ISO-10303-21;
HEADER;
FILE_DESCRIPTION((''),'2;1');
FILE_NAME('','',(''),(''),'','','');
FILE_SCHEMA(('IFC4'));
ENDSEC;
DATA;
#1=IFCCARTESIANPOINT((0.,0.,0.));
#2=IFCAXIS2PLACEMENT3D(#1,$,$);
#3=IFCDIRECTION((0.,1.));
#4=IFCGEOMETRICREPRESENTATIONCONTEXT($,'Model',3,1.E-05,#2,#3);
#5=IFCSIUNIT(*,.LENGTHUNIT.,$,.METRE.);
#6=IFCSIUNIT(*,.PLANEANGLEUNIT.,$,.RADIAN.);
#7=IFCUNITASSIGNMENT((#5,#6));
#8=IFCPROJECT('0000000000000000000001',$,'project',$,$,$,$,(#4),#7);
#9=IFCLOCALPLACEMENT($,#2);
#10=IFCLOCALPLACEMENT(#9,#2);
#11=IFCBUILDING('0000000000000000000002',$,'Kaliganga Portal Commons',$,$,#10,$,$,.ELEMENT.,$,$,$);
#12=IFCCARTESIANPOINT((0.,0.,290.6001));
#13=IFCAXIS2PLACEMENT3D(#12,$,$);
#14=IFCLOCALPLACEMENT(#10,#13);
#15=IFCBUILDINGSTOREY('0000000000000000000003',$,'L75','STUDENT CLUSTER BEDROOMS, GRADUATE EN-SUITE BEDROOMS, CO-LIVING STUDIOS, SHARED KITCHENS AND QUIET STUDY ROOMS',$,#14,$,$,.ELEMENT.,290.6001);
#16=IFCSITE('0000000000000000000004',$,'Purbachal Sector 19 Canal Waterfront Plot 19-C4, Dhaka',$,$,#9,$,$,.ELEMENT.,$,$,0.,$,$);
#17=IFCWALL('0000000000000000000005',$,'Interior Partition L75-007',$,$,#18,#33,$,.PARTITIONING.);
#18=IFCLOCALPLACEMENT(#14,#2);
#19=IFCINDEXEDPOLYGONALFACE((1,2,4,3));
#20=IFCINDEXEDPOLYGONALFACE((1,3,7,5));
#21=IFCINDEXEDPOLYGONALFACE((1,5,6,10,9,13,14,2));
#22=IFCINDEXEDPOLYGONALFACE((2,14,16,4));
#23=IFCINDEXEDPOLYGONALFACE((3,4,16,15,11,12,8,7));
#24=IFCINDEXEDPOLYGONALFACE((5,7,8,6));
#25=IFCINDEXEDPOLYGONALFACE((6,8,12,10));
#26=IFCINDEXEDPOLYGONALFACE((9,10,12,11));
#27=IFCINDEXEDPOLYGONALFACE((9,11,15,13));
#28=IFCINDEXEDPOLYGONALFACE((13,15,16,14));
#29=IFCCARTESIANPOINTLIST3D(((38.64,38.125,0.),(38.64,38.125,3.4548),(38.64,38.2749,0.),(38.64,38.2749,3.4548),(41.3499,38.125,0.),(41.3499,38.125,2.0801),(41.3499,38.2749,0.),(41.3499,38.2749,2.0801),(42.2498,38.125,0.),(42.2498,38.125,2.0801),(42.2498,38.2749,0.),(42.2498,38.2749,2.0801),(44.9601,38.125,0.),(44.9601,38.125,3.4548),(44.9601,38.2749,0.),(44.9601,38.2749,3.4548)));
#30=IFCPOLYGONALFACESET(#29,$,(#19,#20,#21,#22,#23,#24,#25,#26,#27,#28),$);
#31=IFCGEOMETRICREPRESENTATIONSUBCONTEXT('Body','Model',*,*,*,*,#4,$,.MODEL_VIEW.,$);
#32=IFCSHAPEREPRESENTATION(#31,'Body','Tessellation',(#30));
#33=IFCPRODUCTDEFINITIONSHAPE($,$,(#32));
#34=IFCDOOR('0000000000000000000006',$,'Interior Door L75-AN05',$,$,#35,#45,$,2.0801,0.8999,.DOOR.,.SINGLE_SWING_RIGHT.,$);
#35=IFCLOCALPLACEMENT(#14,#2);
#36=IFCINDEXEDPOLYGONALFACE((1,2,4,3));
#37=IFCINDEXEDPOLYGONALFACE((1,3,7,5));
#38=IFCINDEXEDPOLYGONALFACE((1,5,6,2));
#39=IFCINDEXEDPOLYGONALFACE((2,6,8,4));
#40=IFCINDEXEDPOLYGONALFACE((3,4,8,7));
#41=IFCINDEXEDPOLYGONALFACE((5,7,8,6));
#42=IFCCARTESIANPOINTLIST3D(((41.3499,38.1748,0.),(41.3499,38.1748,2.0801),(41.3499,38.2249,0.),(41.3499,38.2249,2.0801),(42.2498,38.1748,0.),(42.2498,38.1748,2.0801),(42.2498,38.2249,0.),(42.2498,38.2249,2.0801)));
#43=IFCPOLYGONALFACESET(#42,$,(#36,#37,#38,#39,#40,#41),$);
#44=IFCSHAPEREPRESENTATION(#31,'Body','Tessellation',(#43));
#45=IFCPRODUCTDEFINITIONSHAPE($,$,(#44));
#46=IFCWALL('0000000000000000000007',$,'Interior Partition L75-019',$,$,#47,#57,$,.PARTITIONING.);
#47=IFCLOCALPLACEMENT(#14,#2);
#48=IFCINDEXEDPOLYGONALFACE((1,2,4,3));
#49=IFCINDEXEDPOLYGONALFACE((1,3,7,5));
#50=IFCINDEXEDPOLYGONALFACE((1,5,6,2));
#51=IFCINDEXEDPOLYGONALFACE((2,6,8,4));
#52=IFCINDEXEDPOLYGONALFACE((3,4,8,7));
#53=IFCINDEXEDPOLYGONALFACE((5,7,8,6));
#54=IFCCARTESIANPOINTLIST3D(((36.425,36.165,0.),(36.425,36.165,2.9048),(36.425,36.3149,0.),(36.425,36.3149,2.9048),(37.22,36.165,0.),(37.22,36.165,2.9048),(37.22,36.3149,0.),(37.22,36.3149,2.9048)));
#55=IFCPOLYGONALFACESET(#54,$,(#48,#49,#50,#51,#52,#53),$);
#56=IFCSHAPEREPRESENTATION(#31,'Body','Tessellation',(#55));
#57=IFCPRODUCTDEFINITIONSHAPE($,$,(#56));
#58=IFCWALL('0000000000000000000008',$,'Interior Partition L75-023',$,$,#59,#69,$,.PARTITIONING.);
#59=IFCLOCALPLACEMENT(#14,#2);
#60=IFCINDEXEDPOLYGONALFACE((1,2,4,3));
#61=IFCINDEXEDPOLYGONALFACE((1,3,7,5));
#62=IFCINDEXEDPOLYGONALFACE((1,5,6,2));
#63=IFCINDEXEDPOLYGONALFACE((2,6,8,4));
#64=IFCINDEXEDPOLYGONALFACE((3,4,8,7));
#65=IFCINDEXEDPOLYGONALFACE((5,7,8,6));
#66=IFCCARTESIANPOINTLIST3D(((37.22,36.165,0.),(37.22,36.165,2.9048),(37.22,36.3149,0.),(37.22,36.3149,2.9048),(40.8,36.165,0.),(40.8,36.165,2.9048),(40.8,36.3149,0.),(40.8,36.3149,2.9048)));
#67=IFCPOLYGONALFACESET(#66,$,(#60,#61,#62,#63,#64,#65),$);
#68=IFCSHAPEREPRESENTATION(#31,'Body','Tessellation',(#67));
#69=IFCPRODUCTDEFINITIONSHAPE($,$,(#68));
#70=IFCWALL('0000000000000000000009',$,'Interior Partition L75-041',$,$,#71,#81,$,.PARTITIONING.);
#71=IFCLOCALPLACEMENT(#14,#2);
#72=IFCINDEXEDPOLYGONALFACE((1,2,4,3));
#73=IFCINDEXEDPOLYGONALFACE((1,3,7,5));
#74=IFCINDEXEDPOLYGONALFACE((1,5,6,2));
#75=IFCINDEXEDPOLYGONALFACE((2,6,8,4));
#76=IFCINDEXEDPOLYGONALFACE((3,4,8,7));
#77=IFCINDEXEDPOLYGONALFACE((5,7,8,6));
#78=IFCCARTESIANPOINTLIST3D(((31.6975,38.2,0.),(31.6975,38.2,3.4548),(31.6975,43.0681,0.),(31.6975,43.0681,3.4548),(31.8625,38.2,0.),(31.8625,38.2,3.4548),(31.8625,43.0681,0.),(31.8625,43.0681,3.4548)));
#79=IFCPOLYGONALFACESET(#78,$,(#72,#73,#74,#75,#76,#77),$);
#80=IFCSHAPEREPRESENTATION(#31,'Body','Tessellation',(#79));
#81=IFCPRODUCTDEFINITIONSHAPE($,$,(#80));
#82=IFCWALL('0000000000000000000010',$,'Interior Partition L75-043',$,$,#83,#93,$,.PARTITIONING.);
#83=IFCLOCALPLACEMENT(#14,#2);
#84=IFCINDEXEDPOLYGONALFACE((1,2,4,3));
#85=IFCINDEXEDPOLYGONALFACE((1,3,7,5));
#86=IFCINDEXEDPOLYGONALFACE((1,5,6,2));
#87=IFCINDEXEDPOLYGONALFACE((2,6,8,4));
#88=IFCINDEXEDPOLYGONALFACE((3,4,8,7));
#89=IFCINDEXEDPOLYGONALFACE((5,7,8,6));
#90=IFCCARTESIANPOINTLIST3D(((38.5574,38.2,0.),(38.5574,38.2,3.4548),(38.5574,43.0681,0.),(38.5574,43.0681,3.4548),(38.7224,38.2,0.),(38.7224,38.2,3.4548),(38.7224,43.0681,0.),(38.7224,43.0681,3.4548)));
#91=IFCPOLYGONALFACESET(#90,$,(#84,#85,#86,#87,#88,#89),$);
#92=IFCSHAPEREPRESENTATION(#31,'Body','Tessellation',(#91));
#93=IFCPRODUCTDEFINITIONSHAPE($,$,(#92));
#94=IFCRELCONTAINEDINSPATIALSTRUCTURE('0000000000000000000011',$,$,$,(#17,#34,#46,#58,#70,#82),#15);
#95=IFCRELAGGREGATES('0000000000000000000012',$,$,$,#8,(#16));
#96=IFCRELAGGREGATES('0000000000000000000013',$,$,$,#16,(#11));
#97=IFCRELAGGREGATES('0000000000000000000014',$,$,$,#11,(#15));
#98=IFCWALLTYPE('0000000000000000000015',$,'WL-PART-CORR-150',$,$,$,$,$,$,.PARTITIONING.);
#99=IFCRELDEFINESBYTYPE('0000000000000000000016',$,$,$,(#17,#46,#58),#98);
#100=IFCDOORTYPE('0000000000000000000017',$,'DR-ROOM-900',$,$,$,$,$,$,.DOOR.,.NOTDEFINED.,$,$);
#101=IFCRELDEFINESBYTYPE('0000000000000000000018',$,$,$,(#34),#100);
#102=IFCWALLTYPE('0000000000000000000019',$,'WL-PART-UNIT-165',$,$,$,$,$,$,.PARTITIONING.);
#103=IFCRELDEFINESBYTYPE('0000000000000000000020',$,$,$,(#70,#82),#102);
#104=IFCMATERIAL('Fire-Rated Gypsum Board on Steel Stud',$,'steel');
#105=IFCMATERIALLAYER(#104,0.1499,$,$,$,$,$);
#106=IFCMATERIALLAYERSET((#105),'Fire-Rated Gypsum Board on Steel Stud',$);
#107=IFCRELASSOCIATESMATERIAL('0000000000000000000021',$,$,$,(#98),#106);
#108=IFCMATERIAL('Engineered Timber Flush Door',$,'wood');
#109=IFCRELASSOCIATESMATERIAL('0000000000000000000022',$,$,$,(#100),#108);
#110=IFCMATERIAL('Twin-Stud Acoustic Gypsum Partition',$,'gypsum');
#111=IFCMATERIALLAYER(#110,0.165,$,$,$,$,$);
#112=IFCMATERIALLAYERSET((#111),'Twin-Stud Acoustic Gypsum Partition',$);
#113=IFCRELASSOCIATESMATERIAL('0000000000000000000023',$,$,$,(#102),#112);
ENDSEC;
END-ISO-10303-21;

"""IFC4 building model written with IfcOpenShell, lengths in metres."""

from ifc_helpers import new_model, si_unit, direction, frame, frame_2d, origin, place, context, subcontext, project, spatial, rectangle, extrude, material, layer, layer_set, type_object, element, fill, save


model = new_model("IFC4")

# Units and contexts
model_context = context("Model", 3, precision=1e-05, world=origin(), true_north=direction((0.0, 1.0)))
body_context = subcontext(model_context, "Body", "Model", "MODEL_VIEW")
ifc_project = project(units=[si_unit("LENGTHUNIT", "METRE"), si_unit("PLANEANGLEUNIT", "RADIAN")], contexts=[model_context])

# Site, building, storey
site_placement = place(None, origin())
site = spatial("IfcSite", under=ifc_project, at=site_placement, Name="Purbachal Sector 19 Canal Waterfront Plot 19-C4, Dhaka", CompositionType="ELEMENT", RefElevation=0.0)
building_placement = place(site_placement, origin())
building = spatial("IfcBuilding", under=site, at=building_placement, Name="Kaliganga Portal Commons", CompositionType="ELEMENT")
storey_placement = place(building_placement, frame((0.0, 0.0, 290.6001)))
storey = spatial("IfcBuildingStorey", under=building, at=storey_placement, Name="L75", Description="STUDENT CLUSTER BEDROOMS, GRADUATE EN-SUITE BEDROOMS, CO-LIVING STUDIOS, SHARED KITCHENS AND QUIET STUDY ROOMS", CompositionType="ELEMENT", Elevation=290.6001)

# Wall, opening, door
ifc_material_1 = material(Name="Fire-Rated Gypsum Board on Steel Stud", Category="steel")
ifc_layer_1 = layer(ifc_material_1, 0.1499)
ifc_layer_set_1 = layer_set([ifc_layer_1], Name="Fire-Rated Gypsum Board on Steel Stud")
wall_type_1 = type_object("IfcWallType", Name="WL-PART-CORR-150", PredefinedType="PARTITIONING", material=ifc_layer_set_1)
wall_1_placement = place(storey_placement, frame((38.6399, 38.2, 0.0), z_axis=(0.0, 0.0, 1.0), x_axis=(1.0, 0.0, 0.0)))
wall_1 = element("IfcWall", 1, at=wall_1_placement, inside=storey, type_object=wall_type_1, Name="Interior Partition L75-007", PredefinedType="PARTITIONING", context=body_context, shape_type="SweptSolid", body=[
    extrude(rectangle(XDim=6.3201, YDim=0.1499, at=frame_2d((3.1602, 0.0))), origin(), (0.0, 0.0, 1.0), 3.4548),
])
opening_1_placement = place(wall_1_placement, frame((2.71, 0.0, 0.0)))
opening_1 = element("IfcOpeningElement", 2, at=opening_1_placement, cuts=wall_1, PredefinedType="OPENING", context=body_context, shape_type="SweptSolid", body=[
    extrude(rectangle(XDim=0.8999, YDim=2.0801, at=frame_2d((0.45, 1.04))), frame((0.0, 0.085, 0.0), z_axis=(0.0, -1.0, 0.0), x_axis=(1.0, 0.0, 0.0)), (0.0, 0.0, 1.0), 0.1699),
])
ifc_material_2 = material(Name="Engineered Timber Flush Door", Category="wood")
door_type_1 = type_object("IfcDoorType", Name="DR-ROOM-900", OperationType="NOTDEFINED", PredefinedType="DOOR", material=ifc_material_2)
door_1_placement = place(opening_1_placement, origin())
door_1 = element("IfcDoor", 3, at=door_1_placement, inside=storey, type_object=door_type_1, Name="Interior Door L75-AN05", OperationType="SINGLE_SWING_RIGHT", OverallHeight=2.0801, OverallWidth=0.8999, PredefinedType="DOOR", context=body_context, shape_type="SweptSolid", body=[
    extrude(rectangle(XDim=0.8999, YDim=2.0801, at=frame_2d((0.45, 1.04))), frame((0.0, 0.0249, 0.0), z_axis=(0.0, -1.0, 0.0), x_axis=(1.0, 0.0, 0.0)), (0.0, 0.0, 1.0), 0.05),
])
fill(opening_1, door_1)

# Walls
wall_2_placement = place(storey_placement, frame((36.425, 36.24, 0.0), z_axis=(0.0, 0.0, 1.0), x_axis=(1.0, 0.0, 0.0)))
element("IfcWall", 4, at=wall_2_placement, inside=storey, type_object=wall_type_1, Name="Interior Partition L75-019", PredefinedType="PARTITIONING", context=body_context, shape_type="SweptSolid", body=[
    extrude(rectangle(XDim=0.7949, YDim=0.1499, at=frame_2d((0.3975, 0.0))), origin(), (0.0, 0.0, 1.0), 2.9048),
])
wall_3_placement = place(storey_placement, frame((37.22, 36.24, 0.0), z_axis=(0.0, 0.0, 1.0), x_axis=(1.0, 0.0, 0.0)))
element("IfcWall", 5, at=wall_3_placement, inside=storey, type_object=wall_type_1, Name="Interior Partition L75-023", PredefinedType="PARTITIONING", context=body_context, shape_type="SweptSolid", body=[
    extrude(rectangle(XDim=3.5801, YDim=0.1499, at=frame_2d((1.79, 0.0))), origin(), (0.0, 0.0, 1.0), 2.9048),
])
ifc_material_3 = material(Name="Twin-Stud Acoustic Gypsum Partition", Category="gypsum")
ifc_layer_2 = layer(ifc_material_3, 0.165)
ifc_layer_set_2 = layer_set([ifc_layer_2], Name="Twin-Stud Acoustic Gypsum Partition")
wall_type_2 = type_object("IfcWallType", Name="WL-PART-UNIT-165", PredefinedType="PARTITIONING", material=ifc_layer_set_2)
for number, where, z_axis, x_axis, name in (
    (6, (31.78, 38.2, 0.0), (0.0, 0.0, 1.0), (0.0, 1.0, 0.0), "Interior Partition L75-041"),
    (7, (38.6399, 38.2, 0.0), (0.0, 0.0, 1.0), (0.0, 1.0, 0.0), "Interior Partition L75-043"),
):
    element("IfcWall", number, at=place(storey_placement, frame(where, z_axis=z_axis, x_axis=x_axis)), inside=storey, type_object=wall_type_2, Name=name, PredefinedType="PARTITIONING", context=body_context, shape_type="SweptSolid", body=[
        extrude(rectangle(XDim=4.8682, YDim=0.165, at=frame_2d((2.4341, 0.0))), origin(), (0.0, 0.0, 1.0), 3.4548),
    ])

save(model, "model.ifc")
